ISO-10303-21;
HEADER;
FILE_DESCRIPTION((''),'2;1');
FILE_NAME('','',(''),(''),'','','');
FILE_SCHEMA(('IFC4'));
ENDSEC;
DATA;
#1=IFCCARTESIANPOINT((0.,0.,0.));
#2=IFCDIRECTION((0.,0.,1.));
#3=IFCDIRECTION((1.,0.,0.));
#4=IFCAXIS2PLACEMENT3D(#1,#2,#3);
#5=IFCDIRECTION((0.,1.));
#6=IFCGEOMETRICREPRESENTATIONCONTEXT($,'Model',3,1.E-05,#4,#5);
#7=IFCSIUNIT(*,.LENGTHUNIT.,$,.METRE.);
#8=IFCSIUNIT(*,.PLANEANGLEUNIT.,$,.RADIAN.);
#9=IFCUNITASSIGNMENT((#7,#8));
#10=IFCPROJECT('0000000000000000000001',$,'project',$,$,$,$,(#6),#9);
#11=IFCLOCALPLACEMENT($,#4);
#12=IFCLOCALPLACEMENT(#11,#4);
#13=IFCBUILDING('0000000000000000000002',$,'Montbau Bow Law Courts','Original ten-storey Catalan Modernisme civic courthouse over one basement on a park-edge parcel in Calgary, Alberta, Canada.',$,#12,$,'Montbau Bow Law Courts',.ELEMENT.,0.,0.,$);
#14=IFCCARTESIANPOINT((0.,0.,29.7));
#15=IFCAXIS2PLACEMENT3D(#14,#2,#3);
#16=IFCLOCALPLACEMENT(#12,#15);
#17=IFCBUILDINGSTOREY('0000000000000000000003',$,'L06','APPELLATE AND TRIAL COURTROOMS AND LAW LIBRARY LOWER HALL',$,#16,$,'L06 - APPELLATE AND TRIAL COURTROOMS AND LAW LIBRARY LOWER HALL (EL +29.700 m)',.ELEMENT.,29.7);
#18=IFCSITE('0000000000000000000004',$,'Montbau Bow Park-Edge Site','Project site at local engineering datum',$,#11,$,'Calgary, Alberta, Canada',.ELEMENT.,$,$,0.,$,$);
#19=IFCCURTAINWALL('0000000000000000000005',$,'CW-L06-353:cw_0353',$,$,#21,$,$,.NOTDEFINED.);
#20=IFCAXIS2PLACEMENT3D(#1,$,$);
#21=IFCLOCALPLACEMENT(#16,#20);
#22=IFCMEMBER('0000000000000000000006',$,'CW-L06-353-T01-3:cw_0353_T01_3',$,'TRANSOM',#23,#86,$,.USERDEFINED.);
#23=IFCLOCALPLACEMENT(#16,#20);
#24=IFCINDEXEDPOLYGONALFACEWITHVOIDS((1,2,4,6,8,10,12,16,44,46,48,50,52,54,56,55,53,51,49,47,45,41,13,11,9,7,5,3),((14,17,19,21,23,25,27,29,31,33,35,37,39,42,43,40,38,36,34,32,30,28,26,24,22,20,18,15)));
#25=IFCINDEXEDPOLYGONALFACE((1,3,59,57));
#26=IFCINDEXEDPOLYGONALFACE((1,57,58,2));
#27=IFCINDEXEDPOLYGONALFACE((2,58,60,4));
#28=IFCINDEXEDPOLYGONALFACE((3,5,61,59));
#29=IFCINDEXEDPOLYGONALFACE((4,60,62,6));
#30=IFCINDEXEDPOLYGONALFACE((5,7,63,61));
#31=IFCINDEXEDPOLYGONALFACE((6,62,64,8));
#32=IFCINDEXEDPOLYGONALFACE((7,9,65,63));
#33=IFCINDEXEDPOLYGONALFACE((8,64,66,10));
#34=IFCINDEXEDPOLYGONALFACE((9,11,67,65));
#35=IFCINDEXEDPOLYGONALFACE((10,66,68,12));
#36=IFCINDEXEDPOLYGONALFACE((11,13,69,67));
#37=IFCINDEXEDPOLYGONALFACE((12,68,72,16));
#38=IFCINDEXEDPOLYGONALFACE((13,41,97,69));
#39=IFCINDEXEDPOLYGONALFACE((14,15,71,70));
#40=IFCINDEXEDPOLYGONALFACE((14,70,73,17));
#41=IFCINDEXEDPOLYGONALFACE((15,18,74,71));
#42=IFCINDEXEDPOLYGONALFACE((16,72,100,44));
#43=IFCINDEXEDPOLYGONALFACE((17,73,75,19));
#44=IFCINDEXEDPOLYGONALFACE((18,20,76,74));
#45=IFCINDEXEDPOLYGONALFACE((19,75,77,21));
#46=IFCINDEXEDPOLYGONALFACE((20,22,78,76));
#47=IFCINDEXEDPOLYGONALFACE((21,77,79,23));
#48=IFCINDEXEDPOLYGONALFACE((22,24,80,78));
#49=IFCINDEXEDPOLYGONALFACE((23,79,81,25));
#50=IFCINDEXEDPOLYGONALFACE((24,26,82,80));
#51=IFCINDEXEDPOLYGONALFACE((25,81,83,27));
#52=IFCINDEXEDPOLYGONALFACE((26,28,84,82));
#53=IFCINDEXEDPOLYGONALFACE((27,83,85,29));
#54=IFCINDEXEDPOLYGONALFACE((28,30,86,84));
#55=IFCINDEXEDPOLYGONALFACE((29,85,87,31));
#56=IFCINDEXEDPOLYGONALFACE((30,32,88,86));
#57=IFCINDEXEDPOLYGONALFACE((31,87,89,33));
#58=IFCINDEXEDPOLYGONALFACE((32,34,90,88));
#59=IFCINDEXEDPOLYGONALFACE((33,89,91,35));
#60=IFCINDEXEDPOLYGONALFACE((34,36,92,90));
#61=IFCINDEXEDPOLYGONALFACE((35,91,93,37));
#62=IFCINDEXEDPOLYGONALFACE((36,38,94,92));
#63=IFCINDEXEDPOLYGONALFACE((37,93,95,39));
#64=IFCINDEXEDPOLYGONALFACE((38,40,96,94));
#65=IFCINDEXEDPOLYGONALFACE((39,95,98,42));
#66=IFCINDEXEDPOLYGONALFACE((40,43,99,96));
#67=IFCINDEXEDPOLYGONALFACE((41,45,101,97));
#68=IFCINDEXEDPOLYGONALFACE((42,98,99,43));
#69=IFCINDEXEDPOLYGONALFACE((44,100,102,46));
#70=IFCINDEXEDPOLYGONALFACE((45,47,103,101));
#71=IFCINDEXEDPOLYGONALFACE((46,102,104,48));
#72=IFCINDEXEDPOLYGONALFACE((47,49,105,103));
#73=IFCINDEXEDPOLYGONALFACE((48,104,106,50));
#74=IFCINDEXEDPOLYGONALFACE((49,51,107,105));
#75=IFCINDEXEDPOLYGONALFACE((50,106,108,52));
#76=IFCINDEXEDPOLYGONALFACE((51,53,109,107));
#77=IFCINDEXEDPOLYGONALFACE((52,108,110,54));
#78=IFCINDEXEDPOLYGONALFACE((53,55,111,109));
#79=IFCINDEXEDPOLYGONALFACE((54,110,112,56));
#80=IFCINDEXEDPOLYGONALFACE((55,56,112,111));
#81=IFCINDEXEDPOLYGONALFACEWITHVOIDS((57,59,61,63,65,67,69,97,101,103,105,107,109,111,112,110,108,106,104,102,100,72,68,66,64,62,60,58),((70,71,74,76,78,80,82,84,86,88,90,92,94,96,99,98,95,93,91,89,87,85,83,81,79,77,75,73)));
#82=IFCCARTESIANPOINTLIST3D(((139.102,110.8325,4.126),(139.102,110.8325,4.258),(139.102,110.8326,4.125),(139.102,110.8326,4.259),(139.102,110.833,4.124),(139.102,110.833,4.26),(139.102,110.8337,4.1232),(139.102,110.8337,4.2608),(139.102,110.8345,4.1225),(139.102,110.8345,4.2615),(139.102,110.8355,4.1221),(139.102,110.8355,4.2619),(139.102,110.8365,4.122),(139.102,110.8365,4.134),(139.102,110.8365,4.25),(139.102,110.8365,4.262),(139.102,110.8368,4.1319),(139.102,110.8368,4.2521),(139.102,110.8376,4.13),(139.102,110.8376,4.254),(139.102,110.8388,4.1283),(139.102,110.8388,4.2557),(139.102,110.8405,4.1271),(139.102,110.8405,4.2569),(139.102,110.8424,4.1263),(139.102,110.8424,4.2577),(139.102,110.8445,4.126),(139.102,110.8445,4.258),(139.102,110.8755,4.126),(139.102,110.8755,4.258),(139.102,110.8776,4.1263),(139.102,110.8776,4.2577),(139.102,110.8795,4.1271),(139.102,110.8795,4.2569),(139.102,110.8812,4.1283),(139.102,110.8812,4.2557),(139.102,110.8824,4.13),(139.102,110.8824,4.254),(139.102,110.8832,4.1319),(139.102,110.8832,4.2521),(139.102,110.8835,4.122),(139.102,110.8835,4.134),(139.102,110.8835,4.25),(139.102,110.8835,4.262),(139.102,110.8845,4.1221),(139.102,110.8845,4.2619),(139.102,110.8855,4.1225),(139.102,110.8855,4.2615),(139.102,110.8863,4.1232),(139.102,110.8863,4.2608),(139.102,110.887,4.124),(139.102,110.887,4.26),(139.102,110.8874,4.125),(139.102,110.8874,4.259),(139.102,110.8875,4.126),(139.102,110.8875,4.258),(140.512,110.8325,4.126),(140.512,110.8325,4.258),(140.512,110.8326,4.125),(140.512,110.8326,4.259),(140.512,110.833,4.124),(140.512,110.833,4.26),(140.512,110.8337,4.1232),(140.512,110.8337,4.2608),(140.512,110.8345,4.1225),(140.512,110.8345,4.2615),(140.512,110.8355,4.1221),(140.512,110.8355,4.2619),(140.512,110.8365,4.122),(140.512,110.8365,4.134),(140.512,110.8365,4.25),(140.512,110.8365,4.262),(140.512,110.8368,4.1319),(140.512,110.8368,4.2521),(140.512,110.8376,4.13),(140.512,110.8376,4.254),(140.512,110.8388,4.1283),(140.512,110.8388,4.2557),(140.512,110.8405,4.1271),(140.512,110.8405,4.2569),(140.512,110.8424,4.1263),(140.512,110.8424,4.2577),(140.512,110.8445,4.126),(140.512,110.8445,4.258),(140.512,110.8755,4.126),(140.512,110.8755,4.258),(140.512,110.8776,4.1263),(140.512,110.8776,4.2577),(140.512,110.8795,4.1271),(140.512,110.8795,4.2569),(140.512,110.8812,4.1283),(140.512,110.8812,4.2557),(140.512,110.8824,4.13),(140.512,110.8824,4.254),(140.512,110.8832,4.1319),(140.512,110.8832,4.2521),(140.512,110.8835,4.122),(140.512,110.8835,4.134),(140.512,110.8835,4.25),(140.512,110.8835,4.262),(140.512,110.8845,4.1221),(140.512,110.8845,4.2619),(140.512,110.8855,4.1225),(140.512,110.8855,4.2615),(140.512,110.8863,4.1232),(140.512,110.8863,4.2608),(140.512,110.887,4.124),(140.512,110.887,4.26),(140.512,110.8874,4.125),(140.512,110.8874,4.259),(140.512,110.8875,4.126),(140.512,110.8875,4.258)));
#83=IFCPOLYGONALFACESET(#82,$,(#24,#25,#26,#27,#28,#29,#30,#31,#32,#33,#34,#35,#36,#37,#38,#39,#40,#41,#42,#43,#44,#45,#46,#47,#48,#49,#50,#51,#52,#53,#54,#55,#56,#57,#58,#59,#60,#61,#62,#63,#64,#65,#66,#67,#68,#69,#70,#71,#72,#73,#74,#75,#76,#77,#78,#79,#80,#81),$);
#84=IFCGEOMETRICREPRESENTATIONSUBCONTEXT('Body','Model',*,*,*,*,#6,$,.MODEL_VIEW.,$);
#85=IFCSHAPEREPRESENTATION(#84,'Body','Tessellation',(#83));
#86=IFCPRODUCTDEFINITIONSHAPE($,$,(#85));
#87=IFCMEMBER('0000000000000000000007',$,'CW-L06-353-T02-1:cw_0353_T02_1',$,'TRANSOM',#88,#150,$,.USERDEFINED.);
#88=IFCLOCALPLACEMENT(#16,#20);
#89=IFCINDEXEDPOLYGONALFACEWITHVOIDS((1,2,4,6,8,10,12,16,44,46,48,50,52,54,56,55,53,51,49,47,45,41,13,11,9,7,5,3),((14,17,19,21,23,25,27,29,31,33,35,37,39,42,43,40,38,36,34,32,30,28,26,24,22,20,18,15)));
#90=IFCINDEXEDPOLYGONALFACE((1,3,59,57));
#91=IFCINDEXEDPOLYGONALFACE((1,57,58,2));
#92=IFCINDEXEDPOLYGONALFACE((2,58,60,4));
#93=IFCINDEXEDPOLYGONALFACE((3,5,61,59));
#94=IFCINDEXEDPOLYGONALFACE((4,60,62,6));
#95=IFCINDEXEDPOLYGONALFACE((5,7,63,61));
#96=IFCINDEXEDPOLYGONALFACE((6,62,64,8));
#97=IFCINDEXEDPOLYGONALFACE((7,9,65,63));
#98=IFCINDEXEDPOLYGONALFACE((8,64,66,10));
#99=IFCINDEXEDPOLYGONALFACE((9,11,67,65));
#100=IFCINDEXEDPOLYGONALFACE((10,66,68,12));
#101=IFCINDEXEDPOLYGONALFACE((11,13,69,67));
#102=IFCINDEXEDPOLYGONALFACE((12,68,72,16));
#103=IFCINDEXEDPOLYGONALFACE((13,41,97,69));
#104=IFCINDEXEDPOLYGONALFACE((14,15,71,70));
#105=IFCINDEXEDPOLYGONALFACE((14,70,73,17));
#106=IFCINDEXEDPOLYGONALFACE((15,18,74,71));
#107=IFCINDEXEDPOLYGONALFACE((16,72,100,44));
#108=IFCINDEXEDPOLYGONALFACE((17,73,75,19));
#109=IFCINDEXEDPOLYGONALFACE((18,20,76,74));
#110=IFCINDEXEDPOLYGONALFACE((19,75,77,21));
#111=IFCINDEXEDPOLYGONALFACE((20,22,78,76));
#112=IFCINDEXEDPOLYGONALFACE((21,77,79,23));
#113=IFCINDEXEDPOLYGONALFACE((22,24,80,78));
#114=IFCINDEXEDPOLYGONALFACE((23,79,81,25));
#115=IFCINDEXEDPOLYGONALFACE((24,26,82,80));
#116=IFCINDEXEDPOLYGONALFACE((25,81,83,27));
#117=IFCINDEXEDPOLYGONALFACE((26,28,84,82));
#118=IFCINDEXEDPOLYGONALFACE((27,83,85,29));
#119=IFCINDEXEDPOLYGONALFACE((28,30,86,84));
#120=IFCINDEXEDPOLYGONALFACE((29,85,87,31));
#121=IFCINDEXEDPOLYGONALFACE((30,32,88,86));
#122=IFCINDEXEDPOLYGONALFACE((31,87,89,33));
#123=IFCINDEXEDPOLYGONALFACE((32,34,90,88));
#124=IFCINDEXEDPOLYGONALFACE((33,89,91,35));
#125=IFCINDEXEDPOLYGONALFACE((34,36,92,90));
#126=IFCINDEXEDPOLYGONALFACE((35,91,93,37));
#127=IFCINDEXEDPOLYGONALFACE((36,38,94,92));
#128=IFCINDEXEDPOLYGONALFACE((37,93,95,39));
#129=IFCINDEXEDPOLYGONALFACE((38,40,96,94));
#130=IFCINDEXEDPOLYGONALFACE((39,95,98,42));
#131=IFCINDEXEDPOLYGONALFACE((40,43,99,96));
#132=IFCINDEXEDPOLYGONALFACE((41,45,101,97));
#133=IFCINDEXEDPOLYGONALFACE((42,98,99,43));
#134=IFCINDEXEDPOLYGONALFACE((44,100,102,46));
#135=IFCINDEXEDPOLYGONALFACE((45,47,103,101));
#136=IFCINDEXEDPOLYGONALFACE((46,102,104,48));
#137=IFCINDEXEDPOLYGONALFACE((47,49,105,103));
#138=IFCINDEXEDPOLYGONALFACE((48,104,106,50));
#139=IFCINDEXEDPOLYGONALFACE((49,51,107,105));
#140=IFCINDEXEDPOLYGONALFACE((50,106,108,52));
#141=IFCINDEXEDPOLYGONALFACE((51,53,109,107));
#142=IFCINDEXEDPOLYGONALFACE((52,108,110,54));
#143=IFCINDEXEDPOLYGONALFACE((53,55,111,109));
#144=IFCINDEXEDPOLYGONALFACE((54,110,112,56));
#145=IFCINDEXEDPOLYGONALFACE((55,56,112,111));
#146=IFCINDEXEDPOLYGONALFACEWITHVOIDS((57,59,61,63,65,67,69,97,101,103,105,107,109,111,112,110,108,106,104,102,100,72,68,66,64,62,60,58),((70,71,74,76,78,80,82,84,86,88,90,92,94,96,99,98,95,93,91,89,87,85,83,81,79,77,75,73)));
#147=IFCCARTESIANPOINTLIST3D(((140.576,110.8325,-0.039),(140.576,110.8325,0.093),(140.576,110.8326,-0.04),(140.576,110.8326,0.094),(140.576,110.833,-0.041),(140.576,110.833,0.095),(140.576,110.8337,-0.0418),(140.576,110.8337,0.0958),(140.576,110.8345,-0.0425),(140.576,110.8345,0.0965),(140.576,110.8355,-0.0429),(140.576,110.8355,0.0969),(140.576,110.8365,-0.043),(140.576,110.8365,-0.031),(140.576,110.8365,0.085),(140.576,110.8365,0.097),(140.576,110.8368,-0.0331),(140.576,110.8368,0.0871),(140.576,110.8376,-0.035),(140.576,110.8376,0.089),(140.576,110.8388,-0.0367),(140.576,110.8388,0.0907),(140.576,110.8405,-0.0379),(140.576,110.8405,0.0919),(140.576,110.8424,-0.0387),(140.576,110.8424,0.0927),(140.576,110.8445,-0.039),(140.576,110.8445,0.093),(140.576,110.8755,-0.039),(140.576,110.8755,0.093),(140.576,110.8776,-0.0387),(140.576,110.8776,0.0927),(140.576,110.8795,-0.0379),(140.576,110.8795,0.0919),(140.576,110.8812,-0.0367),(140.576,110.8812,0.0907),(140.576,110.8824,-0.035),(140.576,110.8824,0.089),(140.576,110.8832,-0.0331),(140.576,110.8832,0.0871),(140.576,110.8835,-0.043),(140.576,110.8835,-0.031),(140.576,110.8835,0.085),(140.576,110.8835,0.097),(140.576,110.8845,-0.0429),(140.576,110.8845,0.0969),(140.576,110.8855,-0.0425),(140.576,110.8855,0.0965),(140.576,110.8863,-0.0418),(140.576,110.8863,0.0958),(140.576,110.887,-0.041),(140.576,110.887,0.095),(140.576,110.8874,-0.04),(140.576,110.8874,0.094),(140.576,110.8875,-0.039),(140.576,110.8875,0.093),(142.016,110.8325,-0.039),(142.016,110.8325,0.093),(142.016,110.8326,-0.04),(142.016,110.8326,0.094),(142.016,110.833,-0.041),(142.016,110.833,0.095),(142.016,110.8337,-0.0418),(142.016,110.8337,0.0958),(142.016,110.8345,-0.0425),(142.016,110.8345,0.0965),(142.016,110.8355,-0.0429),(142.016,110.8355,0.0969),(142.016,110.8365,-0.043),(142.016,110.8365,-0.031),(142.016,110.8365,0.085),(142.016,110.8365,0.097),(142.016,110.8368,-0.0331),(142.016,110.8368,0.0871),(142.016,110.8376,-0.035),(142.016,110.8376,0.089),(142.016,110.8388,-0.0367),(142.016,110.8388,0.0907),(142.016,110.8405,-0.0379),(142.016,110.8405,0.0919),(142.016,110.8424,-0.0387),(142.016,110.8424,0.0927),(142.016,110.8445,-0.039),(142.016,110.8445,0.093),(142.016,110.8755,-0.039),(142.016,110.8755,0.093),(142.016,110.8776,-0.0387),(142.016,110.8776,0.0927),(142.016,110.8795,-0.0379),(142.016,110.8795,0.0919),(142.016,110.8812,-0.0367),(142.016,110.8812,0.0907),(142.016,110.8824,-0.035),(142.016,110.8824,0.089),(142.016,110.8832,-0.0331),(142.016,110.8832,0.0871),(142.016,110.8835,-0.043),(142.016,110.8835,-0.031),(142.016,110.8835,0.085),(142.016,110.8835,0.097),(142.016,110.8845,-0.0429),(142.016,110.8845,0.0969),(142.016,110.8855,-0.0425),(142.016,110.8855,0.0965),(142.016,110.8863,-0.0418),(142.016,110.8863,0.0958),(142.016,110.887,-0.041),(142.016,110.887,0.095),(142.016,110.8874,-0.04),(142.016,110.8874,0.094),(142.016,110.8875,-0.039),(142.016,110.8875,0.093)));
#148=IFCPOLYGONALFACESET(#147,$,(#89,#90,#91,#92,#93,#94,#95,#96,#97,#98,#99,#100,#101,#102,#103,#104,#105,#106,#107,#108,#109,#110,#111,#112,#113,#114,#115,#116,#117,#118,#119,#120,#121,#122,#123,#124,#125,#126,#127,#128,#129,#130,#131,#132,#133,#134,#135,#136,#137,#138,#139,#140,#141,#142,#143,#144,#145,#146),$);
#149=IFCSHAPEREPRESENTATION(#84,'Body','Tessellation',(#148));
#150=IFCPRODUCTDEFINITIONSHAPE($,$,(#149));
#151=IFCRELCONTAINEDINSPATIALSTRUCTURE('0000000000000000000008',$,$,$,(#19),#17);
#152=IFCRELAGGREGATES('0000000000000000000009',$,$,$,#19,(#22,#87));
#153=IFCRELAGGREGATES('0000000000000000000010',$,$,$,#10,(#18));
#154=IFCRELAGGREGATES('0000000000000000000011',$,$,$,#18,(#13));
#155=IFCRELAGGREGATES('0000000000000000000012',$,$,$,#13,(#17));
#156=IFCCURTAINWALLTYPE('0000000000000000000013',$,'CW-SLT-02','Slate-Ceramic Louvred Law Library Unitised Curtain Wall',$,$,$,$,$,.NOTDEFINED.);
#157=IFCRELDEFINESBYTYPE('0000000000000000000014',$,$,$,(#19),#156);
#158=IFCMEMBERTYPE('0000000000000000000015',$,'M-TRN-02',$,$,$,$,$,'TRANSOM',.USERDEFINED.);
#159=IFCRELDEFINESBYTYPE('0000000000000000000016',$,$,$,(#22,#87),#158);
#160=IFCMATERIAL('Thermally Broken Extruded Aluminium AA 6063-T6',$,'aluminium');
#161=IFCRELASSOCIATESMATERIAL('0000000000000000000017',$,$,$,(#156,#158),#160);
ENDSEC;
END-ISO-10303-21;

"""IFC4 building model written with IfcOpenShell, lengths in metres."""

from ifc_helpers import new_model, si_unit, direction, frame, origin_with_axes, origin_2d_with_axis, place, context, subcontext, project, spatial, hollow_rectangle, extrude, material, material_profile, profile_set, type_object, element, aggregate, save


model = new_model("IFC4")

# Units and contexts
model_context = context("Model", 3, precision=1e-05, world=origin_with_axes(), true_north=direction((0.0, 1.0)))
body_context = subcontext(model_context, "Body", "Model", "MODEL_VIEW")
ifc_project = project(units=[si_unit("LENGTHUNIT", "METRE"), si_unit("PLANEANGLEUNIT", "RADIAN")], contexts=[model_context])

# Site, building, storey
site_placement = place(None, origin_with_axes())
site = spatial("IfcSite", under=ifc_project, at=site_placement, Name="Montbau Bow Park-Edge Site", Description="Project site at local engineering datum", LongName="Calgary, Alberta, Canada", CompositionType="ELEMENT", RefElevation=0.0)
building_placement = place(site_placement, origin_with_axes())
building = spatial("IfcBuilding", under=site, at=building_placement, Name="Montbau Bow Law Courts", Description="Original ten-storey Catalan Modernisme civic courthouse over one basement on a park-edge parcel in Calgary, Alberta, Canada.", LongName="Montbau Bow Law Courts", CompositionType="ELEMENT", ElevationOfRefHeight=0.0, ElevationOfTerrain=0.0)
storey_placement = place(building_placement, frame((0.0, 0.0, 29.7), z_axis=(0.0, 0.0, 1.0), x_axis=(1.0, 0.0, 0.0)))
storey = spatial("IfcBuildingStorey", under=building, at=storey_placement, Name="L06", Description="APPELLATE AND TRIAL COURTROOMS AND LAW LIBRARY LOWER HALL", LongName="L06 - APPELLATE AND TRIAL COURTROOMS AND LAW LIBRARY LOWER HALL (EL +29.700 m)", CompositionType="ELEMENT", Elevation=29.7)

# Shared definitions
ifc_material_1 = material(Name="Thermally Broken Extruded Aluminium AA 6063-T6", Category="aluminium")
curtain_wall_type = type_object("IfcCurtainWallType", Name="CW-SLT-02", Description="Slate-Ceramic Louvred Law Library Unitised Curtain Wall", PredefinedType="NOTDEFINED", material=ifc_material_1)

# Curtain wall
curtain_wall_1_placement = place(None, frame((139.04, 110.86, 29.7), z_axis=(0.0, 0.0, 1.0), x_axis=(1.0, 0.0, 0.0)))
curtain_wall_1 = element("IfcCurtainWall", 1, at=curtain_wall_1_placement, inside=storey, type_object=curtain_wall_type, Name="CW-L06-353:cw_0353", PredefinedType="NOTDEFINED")

# Members
ifc_material_profile_1 = material_profile(ifc_material_1, hollow_rectangle(XDim=0.055, YDim=0.14, WallThickness=0.004, InnerFilletRadius=0.008, OuterFilletRadius=0.004, at=origin_2d_with_axis()), Name="CWT-140X55", Category="Main", Priority=0)
ifc_profile_set_1 = profile_set([ifc_material_profile_1], Name="Thermally Broken Extruded Aluminium AA 6063-T6")
member_type_1 = type_object("IfcMemberType", Name="M-TRN-02", ElementType="TRANSOM", PredefinedType="USERDEFINED", material=ifc_profile_set_1)
member_1_placement = place(None, frame((139.102, 110.86, 33.892), z_axis=(1.0, 0.0, 0.0), x_axis=(0.0, 1.0, 0.0)))
member_1 = element("IfcMember", 2, at=member_1_placement, type_object=member_type_1, Name="CW-L06-353-T01-3:cw_0353_T01_3", ObjectType="TRANSOM", PredefinedType="USERDEFINED", context=body_context, shape_type="SweptSolid", body=[
    extrude(hollow_rectangle(XDim=0.055, YDim=0.14, WallThickness=0.004, InnerFilletRadius=0.008, OuterFilletRadius=0.004, at=origin_2d_with_axis()), origin_with_axes(), (0.0, 0.0, 1.0), 1.41),
])
member_2_placement = place(None, frame((140.576, 110.86, 29.727), z_axis=(1.0, 0.0, 0.0), x_axis=(0.0, 1.0, 0.0)))
member_2 = element("IfcMember", 3, at=member_2_placement, type_object=member_type_1, Name="CW-L06-353-T02-1:cw_0353_T02_1", ObjectType="TRANSOM", PredefinedType="USERDEFINED", context=body_context, shape_type="SweptSolid", body=[
    extrude(hollow_rectangle(XDim=0.055, YDim=0.14, WallThickness=0.004, InnerFilletRadius=0.008, OuterFilletRadius=0.004, at=origin_2d_with_axis()), origin_with_axes(), (0.0, 0.0, 1.0), 1.44),
])

aggregate(curtain_wall_1, [member_1, member_2])

save(model, "model.ifc")
